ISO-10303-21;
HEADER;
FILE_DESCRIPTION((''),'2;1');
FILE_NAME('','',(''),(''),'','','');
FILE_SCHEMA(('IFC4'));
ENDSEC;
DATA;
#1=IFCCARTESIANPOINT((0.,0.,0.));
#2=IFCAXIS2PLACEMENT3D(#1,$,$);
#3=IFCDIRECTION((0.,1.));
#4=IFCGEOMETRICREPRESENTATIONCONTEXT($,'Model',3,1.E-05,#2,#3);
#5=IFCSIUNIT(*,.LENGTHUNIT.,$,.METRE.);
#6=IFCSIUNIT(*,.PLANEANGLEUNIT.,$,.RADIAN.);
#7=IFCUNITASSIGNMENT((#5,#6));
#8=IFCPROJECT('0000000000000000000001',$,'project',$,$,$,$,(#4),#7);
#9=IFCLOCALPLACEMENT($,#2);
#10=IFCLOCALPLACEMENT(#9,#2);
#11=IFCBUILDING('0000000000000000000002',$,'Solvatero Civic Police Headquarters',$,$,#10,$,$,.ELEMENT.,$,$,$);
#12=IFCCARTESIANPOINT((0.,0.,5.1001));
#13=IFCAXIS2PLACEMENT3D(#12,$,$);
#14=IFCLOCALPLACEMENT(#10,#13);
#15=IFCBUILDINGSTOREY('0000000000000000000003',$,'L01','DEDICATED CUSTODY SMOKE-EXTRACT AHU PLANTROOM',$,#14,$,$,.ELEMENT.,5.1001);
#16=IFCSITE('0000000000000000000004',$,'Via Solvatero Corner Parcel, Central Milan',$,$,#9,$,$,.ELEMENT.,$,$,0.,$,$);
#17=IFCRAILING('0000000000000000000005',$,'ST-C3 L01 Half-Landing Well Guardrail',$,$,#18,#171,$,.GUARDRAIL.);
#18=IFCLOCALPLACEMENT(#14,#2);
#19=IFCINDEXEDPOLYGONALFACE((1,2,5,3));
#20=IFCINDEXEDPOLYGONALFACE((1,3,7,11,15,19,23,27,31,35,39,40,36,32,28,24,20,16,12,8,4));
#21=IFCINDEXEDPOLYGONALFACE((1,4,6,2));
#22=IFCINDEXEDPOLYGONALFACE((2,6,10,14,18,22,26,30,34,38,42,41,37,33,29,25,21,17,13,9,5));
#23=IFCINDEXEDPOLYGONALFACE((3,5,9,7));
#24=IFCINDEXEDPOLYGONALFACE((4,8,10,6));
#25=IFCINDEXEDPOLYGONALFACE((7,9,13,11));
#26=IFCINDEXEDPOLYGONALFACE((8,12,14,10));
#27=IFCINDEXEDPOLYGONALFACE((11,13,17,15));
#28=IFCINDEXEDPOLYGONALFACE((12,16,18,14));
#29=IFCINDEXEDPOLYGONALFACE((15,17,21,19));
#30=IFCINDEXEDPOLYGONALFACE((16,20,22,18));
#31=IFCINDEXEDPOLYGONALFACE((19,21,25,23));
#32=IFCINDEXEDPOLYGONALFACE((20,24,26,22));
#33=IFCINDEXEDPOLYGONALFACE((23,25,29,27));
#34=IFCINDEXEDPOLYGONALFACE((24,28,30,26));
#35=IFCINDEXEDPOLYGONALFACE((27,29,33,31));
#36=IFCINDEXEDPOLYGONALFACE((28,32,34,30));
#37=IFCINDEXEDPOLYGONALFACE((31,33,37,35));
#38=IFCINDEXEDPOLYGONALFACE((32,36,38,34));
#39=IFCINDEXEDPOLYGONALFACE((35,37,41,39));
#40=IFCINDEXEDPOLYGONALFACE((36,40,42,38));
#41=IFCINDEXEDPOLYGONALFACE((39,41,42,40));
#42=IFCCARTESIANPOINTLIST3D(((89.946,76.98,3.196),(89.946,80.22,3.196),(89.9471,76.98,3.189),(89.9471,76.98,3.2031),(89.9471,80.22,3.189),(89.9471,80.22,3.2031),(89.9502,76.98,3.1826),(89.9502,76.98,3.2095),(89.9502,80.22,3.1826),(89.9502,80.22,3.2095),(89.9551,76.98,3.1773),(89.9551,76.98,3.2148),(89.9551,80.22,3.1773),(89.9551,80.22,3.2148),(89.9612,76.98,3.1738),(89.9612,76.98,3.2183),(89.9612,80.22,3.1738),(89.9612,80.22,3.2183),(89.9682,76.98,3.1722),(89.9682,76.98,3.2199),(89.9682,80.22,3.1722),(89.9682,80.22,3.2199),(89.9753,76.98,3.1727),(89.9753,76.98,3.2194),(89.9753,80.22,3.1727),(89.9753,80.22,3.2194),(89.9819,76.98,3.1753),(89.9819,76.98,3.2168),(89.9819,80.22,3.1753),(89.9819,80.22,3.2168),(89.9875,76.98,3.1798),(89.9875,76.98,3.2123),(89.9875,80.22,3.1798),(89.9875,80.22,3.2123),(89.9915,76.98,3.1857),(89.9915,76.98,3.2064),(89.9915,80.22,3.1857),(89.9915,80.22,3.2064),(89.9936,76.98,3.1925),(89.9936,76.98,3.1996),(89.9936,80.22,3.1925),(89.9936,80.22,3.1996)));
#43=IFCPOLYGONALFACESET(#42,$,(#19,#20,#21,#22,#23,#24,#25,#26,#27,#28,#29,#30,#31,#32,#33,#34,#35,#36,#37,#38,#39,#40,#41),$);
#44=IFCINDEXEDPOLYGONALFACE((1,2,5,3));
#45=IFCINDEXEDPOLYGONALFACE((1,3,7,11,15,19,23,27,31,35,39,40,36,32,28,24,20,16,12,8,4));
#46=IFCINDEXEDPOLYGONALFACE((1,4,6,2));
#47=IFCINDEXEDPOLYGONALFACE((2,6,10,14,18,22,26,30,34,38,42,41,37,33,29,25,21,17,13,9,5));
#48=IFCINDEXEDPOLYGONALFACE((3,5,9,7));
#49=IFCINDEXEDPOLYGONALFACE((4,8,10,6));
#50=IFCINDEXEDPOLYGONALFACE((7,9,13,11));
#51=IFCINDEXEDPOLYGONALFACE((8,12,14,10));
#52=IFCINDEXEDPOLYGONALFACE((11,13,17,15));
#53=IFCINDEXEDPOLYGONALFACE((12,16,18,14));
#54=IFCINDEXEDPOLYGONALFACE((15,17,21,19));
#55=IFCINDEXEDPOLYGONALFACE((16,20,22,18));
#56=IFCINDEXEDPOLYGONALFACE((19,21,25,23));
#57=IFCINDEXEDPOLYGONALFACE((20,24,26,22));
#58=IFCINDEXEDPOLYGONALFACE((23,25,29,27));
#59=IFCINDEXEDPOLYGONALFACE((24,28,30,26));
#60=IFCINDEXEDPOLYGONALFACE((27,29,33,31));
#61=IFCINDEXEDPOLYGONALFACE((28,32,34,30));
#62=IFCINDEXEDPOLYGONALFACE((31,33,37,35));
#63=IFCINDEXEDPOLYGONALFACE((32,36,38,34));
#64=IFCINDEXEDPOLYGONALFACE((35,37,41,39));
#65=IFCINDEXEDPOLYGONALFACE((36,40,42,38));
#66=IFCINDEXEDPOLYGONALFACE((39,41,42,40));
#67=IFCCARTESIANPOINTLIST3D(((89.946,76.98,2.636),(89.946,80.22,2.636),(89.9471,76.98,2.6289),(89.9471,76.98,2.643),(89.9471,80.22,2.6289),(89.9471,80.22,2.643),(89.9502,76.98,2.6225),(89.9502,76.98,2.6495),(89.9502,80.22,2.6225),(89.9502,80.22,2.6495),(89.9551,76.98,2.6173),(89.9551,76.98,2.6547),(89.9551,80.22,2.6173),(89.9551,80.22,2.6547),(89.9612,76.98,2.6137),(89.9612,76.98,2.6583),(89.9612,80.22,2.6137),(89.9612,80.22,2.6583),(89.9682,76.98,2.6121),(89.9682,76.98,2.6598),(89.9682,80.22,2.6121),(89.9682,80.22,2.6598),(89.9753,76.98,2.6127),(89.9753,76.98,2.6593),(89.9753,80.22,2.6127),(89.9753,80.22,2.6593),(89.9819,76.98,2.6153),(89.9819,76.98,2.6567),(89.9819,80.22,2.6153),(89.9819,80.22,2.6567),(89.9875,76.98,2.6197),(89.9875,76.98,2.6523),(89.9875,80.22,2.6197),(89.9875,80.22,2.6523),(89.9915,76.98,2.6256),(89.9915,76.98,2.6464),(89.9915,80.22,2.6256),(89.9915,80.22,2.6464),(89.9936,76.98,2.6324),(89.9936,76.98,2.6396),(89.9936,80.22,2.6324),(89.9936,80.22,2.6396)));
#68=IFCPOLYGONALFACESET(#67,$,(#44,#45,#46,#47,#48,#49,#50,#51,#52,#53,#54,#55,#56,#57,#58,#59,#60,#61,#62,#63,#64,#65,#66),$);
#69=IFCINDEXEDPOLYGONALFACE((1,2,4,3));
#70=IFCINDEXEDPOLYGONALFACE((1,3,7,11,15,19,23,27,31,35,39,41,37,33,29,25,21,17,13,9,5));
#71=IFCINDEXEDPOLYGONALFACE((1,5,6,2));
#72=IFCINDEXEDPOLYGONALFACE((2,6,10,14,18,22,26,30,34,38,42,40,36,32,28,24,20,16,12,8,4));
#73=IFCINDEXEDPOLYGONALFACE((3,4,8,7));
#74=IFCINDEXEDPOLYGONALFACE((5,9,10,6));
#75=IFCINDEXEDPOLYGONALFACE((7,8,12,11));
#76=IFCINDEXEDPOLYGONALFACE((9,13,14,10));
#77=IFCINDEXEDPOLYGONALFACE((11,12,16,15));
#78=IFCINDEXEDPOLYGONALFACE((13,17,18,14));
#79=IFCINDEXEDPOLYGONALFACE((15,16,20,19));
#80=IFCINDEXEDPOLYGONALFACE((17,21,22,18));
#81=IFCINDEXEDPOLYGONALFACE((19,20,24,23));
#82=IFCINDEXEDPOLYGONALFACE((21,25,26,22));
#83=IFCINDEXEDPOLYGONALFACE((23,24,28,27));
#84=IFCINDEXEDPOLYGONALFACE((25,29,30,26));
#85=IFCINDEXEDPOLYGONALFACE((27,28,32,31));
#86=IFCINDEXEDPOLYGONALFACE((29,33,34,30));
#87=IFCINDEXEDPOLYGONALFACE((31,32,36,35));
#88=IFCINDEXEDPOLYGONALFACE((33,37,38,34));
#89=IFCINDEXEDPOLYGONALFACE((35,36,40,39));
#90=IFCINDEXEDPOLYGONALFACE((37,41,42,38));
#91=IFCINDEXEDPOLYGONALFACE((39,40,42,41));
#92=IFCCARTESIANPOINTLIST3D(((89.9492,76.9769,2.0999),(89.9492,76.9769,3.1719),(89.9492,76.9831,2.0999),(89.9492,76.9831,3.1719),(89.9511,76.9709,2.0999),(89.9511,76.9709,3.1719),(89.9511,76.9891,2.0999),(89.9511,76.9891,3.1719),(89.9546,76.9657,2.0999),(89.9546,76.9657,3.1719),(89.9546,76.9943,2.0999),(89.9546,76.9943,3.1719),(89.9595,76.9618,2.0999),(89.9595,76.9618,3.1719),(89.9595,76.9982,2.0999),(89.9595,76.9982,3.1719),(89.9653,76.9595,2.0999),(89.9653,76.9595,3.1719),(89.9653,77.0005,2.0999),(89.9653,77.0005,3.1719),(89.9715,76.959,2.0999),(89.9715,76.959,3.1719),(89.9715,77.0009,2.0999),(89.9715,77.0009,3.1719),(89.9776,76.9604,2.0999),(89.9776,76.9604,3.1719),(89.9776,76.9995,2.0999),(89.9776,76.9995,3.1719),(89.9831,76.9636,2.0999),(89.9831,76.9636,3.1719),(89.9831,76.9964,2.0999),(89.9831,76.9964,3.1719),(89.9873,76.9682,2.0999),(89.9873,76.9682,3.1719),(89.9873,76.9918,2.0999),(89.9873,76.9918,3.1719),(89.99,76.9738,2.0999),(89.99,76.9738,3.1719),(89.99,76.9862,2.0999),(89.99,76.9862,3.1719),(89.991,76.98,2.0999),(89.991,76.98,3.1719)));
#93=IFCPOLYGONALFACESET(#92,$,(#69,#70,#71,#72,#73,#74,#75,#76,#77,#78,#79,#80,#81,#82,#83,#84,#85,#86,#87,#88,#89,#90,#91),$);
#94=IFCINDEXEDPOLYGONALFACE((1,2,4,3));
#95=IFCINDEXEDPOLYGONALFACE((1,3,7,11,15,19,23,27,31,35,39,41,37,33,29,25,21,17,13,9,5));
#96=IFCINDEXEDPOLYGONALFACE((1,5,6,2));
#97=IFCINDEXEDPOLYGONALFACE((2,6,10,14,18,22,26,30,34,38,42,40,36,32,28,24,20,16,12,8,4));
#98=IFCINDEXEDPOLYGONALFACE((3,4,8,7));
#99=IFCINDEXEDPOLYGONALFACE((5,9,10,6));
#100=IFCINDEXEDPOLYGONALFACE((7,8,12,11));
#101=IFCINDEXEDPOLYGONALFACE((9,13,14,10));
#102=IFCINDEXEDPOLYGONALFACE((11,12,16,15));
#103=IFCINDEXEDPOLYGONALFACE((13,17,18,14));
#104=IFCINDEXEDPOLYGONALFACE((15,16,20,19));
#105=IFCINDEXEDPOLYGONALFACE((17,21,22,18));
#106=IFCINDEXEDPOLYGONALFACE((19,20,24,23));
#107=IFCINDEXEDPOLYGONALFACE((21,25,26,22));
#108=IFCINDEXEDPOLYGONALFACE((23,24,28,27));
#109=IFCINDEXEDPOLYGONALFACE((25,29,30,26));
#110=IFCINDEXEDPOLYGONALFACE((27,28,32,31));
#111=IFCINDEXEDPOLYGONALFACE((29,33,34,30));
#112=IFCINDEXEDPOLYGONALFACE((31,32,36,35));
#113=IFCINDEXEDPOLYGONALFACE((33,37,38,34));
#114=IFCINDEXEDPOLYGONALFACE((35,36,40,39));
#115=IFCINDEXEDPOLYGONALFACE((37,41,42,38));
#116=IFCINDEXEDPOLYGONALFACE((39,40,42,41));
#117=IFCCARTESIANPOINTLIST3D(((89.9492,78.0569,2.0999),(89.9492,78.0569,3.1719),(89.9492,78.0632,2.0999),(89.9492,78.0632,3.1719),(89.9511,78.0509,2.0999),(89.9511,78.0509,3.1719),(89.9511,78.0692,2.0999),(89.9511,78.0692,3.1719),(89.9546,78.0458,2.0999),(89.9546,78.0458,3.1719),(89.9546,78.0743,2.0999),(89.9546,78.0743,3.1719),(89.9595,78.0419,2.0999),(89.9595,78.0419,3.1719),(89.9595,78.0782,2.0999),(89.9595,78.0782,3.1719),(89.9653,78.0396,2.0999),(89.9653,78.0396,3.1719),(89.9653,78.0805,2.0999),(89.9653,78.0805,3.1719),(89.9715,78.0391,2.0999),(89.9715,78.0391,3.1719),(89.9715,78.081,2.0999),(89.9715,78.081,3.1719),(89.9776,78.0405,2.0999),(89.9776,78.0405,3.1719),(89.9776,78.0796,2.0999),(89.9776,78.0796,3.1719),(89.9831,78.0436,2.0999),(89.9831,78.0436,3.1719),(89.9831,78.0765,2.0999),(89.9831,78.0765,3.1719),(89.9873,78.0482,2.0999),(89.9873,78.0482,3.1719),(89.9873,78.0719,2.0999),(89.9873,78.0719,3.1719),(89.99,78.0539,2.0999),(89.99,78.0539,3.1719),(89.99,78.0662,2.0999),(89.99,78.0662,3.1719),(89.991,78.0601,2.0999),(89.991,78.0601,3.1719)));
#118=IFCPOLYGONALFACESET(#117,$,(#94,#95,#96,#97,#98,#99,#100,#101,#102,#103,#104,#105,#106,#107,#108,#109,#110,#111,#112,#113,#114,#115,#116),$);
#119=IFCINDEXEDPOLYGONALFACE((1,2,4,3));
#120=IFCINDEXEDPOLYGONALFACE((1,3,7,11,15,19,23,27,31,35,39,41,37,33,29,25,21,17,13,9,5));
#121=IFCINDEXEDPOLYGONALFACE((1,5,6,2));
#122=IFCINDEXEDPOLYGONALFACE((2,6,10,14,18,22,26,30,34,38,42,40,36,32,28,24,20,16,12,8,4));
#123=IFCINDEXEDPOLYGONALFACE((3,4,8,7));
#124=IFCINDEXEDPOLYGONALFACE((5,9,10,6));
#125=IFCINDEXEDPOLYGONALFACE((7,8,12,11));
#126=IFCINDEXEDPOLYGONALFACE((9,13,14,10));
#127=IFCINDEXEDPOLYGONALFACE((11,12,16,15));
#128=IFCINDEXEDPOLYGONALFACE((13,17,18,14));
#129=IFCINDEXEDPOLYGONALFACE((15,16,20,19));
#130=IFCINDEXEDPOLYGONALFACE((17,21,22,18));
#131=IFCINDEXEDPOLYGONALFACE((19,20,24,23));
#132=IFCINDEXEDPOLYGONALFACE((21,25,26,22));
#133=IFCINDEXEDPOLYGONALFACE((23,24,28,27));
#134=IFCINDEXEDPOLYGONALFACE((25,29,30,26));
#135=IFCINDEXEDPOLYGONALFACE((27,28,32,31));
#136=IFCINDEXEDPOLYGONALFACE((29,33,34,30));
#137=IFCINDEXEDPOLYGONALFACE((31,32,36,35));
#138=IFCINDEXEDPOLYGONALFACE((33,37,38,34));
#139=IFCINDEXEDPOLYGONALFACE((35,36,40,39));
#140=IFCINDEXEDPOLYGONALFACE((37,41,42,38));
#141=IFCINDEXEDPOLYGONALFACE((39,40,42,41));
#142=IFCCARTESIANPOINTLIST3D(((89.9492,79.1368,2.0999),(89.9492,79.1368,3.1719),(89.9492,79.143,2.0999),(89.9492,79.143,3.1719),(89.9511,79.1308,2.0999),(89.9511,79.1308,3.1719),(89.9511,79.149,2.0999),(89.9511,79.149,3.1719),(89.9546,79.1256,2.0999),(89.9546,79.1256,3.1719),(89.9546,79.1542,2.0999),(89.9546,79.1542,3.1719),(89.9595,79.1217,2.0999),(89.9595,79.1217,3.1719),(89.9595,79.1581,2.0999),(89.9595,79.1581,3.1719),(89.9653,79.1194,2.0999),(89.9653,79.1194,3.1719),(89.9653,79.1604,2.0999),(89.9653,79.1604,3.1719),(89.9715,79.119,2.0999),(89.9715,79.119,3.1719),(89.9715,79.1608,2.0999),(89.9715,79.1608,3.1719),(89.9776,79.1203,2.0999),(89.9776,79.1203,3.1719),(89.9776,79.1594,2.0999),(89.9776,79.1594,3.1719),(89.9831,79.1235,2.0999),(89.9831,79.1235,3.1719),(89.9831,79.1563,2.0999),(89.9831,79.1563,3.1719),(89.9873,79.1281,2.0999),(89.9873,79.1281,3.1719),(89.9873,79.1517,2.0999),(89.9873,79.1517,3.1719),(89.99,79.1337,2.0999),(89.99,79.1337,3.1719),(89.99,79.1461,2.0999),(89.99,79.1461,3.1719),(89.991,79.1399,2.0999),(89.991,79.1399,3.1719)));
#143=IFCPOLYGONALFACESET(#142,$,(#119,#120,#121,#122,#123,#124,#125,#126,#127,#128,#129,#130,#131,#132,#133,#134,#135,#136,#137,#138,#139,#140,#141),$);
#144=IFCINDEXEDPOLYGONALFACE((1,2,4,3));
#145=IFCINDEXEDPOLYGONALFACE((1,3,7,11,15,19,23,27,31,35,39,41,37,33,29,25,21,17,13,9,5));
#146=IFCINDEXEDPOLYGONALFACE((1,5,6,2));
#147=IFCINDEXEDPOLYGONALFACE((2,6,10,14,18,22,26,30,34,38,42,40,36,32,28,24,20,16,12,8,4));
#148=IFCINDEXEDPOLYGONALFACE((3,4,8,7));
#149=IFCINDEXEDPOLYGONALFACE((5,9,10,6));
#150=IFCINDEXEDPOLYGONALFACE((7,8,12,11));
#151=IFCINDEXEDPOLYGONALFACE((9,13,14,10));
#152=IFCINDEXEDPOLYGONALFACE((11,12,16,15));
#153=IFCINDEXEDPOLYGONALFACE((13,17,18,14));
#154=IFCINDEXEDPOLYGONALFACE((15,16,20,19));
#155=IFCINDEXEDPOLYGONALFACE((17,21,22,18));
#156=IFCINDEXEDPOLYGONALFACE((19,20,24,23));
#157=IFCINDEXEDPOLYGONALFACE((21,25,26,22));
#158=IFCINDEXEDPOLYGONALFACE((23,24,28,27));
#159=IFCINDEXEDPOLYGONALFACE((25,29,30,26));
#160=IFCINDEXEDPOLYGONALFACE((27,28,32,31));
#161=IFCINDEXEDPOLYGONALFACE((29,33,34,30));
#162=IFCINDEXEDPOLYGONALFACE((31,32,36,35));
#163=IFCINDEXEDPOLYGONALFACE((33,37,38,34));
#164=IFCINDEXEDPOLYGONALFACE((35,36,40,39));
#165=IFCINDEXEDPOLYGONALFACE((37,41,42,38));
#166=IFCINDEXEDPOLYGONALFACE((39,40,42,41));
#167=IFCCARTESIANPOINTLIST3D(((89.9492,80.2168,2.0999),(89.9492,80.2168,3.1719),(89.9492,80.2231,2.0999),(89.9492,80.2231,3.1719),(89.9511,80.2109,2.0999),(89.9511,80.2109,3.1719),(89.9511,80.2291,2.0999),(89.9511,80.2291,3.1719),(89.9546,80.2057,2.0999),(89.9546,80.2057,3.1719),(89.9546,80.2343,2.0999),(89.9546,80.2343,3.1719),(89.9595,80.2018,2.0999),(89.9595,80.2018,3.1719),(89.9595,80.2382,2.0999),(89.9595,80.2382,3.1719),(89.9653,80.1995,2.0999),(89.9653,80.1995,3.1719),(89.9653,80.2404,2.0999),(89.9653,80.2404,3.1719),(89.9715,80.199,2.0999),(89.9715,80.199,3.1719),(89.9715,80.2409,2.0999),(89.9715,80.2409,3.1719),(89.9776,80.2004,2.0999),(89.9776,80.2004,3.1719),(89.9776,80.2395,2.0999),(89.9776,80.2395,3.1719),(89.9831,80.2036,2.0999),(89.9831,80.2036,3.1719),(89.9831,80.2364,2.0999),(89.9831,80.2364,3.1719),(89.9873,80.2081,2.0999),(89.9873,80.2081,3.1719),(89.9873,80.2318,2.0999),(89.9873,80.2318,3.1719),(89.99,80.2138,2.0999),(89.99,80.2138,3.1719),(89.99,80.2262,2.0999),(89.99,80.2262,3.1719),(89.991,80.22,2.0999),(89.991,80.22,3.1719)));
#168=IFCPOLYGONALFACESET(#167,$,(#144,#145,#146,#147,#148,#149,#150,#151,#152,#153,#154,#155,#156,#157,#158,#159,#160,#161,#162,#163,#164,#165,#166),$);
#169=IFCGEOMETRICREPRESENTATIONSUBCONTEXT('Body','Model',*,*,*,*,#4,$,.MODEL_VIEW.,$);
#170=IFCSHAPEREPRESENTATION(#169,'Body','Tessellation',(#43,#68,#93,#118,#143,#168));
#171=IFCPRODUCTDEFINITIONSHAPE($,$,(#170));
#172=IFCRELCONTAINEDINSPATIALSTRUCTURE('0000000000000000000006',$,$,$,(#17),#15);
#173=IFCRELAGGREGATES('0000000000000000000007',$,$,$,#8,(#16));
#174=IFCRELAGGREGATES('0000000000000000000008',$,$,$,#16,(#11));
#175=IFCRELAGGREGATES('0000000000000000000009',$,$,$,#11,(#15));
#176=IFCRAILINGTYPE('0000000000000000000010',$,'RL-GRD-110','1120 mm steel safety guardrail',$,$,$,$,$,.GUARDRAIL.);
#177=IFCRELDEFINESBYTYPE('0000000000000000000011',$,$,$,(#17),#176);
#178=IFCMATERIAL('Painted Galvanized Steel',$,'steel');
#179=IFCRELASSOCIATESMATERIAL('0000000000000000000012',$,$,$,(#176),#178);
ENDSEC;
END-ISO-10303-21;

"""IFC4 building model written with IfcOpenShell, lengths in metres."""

from ifc_helpers import new_model, si_unit, direction, frame, origin, origin_2d, place, context, subcontext, project, spatial, circle, extrude, material, type_object, element, save


model = new_model("IFC4")

# Units and contexts
model_context = context("Model", 3, precision=1e-05, world=origin(), true_north=direction((0.0, 1.0)))
body_context = subcontext(model_context, "Body", "Model", "MODEL_VIEW")
ifc_project = project(units=[si_unit("LENGTHUNIT", "METRE"), si_unit("PLANEANGLEUNIT", "RADIAN")], contexts=[model_context])

# Site, building, storey
site_placement = place(None, origin())
site = spatial("IfcSite", under=ifc_project, at=site_placement, Name="Via Solvatero Corner Parcel, Central Milan", CompositionType="ELEMENT", RefElevation=0.0)
building_placement = place(site_placement, origin())
building = spatial("IfcBuilding", under=site, at=building_placement, Name="Solvatero Civic Police Headquarters", CompositionType="ELEMENT")
storey_placement = place(building_placement, frame((0.0, 0.0, 5.1001)))
storey = spatial("IfcBuildingStorey", under=building, at=storey_placement, Name="L01", Description="DEDICATED CUSTODY SMOKE-EXTRACT AHU PLANTROOM", CompositionType="ELEMENT", Elevation=5.1001)

# Railing
ifc_material_1 = material(Name="Painted Galvanized Steel", Category="steel")
railing_type_1 = type_object("IfcRailingType", Name="RL-GRD-110", Description="1120 mm steel safety guardrail", PredefinedType="GUARDRAIL", material=ifc_material_1)
railing_1_placement = place(storey_placement, frame((89.97, 76.98, 2.0999)))
element("IfcRailing", 1, at=railing_1_placement, inside=storey, type_object=railing_type_1, Name="ST-C3 L01 Half-Landing Well Guardrail", PredefinedType="GUARDRAIL", context=body_context, shape_type="SweptSolid", body=[
    extrude(circle(Radius=0.0239, at=origin_2d()), frame((0.0, 0.0, 1.0962), z_axis=(0.0, 1.0, 0.0), x_axis=(-1.0, 0.0, 0.0)), (0.0, 0.0, 1.0), 3.24),
    extrude(circle(Radius=0.0239, at=origin_2d()), frame((0.0, 0.0, 0.5361), z_axis=(0.0, 1.0, 0.0), x_axis=(-1.0, 0.0, 0.0)), (0.0, 0.0, 1.0), 3.24),
    extrude(circle(Radius=0.021, at=origin_2d()), origin(), (0.0, 0.0, 1.0), 1.072),
    extrude(circle(Radius=0.021, at=origin_2d()), frame((0.0, 1.0801, 0.0)), (0.0, 0.0, 1.0), 1.072),
    extrude(circle(Radius=0.021, at=origin_2d()), frame((0.0, 2.1599, 0.0)), (0.0, 0.0, 1.0), 1.072),
    extrude(circle(Radius=0.021, at=origin_2d()), frame((0.0, 3.24, 0.0)), (0.0, 0.0, 1.0), 1.072),
])

save(model, "model.ifc")
